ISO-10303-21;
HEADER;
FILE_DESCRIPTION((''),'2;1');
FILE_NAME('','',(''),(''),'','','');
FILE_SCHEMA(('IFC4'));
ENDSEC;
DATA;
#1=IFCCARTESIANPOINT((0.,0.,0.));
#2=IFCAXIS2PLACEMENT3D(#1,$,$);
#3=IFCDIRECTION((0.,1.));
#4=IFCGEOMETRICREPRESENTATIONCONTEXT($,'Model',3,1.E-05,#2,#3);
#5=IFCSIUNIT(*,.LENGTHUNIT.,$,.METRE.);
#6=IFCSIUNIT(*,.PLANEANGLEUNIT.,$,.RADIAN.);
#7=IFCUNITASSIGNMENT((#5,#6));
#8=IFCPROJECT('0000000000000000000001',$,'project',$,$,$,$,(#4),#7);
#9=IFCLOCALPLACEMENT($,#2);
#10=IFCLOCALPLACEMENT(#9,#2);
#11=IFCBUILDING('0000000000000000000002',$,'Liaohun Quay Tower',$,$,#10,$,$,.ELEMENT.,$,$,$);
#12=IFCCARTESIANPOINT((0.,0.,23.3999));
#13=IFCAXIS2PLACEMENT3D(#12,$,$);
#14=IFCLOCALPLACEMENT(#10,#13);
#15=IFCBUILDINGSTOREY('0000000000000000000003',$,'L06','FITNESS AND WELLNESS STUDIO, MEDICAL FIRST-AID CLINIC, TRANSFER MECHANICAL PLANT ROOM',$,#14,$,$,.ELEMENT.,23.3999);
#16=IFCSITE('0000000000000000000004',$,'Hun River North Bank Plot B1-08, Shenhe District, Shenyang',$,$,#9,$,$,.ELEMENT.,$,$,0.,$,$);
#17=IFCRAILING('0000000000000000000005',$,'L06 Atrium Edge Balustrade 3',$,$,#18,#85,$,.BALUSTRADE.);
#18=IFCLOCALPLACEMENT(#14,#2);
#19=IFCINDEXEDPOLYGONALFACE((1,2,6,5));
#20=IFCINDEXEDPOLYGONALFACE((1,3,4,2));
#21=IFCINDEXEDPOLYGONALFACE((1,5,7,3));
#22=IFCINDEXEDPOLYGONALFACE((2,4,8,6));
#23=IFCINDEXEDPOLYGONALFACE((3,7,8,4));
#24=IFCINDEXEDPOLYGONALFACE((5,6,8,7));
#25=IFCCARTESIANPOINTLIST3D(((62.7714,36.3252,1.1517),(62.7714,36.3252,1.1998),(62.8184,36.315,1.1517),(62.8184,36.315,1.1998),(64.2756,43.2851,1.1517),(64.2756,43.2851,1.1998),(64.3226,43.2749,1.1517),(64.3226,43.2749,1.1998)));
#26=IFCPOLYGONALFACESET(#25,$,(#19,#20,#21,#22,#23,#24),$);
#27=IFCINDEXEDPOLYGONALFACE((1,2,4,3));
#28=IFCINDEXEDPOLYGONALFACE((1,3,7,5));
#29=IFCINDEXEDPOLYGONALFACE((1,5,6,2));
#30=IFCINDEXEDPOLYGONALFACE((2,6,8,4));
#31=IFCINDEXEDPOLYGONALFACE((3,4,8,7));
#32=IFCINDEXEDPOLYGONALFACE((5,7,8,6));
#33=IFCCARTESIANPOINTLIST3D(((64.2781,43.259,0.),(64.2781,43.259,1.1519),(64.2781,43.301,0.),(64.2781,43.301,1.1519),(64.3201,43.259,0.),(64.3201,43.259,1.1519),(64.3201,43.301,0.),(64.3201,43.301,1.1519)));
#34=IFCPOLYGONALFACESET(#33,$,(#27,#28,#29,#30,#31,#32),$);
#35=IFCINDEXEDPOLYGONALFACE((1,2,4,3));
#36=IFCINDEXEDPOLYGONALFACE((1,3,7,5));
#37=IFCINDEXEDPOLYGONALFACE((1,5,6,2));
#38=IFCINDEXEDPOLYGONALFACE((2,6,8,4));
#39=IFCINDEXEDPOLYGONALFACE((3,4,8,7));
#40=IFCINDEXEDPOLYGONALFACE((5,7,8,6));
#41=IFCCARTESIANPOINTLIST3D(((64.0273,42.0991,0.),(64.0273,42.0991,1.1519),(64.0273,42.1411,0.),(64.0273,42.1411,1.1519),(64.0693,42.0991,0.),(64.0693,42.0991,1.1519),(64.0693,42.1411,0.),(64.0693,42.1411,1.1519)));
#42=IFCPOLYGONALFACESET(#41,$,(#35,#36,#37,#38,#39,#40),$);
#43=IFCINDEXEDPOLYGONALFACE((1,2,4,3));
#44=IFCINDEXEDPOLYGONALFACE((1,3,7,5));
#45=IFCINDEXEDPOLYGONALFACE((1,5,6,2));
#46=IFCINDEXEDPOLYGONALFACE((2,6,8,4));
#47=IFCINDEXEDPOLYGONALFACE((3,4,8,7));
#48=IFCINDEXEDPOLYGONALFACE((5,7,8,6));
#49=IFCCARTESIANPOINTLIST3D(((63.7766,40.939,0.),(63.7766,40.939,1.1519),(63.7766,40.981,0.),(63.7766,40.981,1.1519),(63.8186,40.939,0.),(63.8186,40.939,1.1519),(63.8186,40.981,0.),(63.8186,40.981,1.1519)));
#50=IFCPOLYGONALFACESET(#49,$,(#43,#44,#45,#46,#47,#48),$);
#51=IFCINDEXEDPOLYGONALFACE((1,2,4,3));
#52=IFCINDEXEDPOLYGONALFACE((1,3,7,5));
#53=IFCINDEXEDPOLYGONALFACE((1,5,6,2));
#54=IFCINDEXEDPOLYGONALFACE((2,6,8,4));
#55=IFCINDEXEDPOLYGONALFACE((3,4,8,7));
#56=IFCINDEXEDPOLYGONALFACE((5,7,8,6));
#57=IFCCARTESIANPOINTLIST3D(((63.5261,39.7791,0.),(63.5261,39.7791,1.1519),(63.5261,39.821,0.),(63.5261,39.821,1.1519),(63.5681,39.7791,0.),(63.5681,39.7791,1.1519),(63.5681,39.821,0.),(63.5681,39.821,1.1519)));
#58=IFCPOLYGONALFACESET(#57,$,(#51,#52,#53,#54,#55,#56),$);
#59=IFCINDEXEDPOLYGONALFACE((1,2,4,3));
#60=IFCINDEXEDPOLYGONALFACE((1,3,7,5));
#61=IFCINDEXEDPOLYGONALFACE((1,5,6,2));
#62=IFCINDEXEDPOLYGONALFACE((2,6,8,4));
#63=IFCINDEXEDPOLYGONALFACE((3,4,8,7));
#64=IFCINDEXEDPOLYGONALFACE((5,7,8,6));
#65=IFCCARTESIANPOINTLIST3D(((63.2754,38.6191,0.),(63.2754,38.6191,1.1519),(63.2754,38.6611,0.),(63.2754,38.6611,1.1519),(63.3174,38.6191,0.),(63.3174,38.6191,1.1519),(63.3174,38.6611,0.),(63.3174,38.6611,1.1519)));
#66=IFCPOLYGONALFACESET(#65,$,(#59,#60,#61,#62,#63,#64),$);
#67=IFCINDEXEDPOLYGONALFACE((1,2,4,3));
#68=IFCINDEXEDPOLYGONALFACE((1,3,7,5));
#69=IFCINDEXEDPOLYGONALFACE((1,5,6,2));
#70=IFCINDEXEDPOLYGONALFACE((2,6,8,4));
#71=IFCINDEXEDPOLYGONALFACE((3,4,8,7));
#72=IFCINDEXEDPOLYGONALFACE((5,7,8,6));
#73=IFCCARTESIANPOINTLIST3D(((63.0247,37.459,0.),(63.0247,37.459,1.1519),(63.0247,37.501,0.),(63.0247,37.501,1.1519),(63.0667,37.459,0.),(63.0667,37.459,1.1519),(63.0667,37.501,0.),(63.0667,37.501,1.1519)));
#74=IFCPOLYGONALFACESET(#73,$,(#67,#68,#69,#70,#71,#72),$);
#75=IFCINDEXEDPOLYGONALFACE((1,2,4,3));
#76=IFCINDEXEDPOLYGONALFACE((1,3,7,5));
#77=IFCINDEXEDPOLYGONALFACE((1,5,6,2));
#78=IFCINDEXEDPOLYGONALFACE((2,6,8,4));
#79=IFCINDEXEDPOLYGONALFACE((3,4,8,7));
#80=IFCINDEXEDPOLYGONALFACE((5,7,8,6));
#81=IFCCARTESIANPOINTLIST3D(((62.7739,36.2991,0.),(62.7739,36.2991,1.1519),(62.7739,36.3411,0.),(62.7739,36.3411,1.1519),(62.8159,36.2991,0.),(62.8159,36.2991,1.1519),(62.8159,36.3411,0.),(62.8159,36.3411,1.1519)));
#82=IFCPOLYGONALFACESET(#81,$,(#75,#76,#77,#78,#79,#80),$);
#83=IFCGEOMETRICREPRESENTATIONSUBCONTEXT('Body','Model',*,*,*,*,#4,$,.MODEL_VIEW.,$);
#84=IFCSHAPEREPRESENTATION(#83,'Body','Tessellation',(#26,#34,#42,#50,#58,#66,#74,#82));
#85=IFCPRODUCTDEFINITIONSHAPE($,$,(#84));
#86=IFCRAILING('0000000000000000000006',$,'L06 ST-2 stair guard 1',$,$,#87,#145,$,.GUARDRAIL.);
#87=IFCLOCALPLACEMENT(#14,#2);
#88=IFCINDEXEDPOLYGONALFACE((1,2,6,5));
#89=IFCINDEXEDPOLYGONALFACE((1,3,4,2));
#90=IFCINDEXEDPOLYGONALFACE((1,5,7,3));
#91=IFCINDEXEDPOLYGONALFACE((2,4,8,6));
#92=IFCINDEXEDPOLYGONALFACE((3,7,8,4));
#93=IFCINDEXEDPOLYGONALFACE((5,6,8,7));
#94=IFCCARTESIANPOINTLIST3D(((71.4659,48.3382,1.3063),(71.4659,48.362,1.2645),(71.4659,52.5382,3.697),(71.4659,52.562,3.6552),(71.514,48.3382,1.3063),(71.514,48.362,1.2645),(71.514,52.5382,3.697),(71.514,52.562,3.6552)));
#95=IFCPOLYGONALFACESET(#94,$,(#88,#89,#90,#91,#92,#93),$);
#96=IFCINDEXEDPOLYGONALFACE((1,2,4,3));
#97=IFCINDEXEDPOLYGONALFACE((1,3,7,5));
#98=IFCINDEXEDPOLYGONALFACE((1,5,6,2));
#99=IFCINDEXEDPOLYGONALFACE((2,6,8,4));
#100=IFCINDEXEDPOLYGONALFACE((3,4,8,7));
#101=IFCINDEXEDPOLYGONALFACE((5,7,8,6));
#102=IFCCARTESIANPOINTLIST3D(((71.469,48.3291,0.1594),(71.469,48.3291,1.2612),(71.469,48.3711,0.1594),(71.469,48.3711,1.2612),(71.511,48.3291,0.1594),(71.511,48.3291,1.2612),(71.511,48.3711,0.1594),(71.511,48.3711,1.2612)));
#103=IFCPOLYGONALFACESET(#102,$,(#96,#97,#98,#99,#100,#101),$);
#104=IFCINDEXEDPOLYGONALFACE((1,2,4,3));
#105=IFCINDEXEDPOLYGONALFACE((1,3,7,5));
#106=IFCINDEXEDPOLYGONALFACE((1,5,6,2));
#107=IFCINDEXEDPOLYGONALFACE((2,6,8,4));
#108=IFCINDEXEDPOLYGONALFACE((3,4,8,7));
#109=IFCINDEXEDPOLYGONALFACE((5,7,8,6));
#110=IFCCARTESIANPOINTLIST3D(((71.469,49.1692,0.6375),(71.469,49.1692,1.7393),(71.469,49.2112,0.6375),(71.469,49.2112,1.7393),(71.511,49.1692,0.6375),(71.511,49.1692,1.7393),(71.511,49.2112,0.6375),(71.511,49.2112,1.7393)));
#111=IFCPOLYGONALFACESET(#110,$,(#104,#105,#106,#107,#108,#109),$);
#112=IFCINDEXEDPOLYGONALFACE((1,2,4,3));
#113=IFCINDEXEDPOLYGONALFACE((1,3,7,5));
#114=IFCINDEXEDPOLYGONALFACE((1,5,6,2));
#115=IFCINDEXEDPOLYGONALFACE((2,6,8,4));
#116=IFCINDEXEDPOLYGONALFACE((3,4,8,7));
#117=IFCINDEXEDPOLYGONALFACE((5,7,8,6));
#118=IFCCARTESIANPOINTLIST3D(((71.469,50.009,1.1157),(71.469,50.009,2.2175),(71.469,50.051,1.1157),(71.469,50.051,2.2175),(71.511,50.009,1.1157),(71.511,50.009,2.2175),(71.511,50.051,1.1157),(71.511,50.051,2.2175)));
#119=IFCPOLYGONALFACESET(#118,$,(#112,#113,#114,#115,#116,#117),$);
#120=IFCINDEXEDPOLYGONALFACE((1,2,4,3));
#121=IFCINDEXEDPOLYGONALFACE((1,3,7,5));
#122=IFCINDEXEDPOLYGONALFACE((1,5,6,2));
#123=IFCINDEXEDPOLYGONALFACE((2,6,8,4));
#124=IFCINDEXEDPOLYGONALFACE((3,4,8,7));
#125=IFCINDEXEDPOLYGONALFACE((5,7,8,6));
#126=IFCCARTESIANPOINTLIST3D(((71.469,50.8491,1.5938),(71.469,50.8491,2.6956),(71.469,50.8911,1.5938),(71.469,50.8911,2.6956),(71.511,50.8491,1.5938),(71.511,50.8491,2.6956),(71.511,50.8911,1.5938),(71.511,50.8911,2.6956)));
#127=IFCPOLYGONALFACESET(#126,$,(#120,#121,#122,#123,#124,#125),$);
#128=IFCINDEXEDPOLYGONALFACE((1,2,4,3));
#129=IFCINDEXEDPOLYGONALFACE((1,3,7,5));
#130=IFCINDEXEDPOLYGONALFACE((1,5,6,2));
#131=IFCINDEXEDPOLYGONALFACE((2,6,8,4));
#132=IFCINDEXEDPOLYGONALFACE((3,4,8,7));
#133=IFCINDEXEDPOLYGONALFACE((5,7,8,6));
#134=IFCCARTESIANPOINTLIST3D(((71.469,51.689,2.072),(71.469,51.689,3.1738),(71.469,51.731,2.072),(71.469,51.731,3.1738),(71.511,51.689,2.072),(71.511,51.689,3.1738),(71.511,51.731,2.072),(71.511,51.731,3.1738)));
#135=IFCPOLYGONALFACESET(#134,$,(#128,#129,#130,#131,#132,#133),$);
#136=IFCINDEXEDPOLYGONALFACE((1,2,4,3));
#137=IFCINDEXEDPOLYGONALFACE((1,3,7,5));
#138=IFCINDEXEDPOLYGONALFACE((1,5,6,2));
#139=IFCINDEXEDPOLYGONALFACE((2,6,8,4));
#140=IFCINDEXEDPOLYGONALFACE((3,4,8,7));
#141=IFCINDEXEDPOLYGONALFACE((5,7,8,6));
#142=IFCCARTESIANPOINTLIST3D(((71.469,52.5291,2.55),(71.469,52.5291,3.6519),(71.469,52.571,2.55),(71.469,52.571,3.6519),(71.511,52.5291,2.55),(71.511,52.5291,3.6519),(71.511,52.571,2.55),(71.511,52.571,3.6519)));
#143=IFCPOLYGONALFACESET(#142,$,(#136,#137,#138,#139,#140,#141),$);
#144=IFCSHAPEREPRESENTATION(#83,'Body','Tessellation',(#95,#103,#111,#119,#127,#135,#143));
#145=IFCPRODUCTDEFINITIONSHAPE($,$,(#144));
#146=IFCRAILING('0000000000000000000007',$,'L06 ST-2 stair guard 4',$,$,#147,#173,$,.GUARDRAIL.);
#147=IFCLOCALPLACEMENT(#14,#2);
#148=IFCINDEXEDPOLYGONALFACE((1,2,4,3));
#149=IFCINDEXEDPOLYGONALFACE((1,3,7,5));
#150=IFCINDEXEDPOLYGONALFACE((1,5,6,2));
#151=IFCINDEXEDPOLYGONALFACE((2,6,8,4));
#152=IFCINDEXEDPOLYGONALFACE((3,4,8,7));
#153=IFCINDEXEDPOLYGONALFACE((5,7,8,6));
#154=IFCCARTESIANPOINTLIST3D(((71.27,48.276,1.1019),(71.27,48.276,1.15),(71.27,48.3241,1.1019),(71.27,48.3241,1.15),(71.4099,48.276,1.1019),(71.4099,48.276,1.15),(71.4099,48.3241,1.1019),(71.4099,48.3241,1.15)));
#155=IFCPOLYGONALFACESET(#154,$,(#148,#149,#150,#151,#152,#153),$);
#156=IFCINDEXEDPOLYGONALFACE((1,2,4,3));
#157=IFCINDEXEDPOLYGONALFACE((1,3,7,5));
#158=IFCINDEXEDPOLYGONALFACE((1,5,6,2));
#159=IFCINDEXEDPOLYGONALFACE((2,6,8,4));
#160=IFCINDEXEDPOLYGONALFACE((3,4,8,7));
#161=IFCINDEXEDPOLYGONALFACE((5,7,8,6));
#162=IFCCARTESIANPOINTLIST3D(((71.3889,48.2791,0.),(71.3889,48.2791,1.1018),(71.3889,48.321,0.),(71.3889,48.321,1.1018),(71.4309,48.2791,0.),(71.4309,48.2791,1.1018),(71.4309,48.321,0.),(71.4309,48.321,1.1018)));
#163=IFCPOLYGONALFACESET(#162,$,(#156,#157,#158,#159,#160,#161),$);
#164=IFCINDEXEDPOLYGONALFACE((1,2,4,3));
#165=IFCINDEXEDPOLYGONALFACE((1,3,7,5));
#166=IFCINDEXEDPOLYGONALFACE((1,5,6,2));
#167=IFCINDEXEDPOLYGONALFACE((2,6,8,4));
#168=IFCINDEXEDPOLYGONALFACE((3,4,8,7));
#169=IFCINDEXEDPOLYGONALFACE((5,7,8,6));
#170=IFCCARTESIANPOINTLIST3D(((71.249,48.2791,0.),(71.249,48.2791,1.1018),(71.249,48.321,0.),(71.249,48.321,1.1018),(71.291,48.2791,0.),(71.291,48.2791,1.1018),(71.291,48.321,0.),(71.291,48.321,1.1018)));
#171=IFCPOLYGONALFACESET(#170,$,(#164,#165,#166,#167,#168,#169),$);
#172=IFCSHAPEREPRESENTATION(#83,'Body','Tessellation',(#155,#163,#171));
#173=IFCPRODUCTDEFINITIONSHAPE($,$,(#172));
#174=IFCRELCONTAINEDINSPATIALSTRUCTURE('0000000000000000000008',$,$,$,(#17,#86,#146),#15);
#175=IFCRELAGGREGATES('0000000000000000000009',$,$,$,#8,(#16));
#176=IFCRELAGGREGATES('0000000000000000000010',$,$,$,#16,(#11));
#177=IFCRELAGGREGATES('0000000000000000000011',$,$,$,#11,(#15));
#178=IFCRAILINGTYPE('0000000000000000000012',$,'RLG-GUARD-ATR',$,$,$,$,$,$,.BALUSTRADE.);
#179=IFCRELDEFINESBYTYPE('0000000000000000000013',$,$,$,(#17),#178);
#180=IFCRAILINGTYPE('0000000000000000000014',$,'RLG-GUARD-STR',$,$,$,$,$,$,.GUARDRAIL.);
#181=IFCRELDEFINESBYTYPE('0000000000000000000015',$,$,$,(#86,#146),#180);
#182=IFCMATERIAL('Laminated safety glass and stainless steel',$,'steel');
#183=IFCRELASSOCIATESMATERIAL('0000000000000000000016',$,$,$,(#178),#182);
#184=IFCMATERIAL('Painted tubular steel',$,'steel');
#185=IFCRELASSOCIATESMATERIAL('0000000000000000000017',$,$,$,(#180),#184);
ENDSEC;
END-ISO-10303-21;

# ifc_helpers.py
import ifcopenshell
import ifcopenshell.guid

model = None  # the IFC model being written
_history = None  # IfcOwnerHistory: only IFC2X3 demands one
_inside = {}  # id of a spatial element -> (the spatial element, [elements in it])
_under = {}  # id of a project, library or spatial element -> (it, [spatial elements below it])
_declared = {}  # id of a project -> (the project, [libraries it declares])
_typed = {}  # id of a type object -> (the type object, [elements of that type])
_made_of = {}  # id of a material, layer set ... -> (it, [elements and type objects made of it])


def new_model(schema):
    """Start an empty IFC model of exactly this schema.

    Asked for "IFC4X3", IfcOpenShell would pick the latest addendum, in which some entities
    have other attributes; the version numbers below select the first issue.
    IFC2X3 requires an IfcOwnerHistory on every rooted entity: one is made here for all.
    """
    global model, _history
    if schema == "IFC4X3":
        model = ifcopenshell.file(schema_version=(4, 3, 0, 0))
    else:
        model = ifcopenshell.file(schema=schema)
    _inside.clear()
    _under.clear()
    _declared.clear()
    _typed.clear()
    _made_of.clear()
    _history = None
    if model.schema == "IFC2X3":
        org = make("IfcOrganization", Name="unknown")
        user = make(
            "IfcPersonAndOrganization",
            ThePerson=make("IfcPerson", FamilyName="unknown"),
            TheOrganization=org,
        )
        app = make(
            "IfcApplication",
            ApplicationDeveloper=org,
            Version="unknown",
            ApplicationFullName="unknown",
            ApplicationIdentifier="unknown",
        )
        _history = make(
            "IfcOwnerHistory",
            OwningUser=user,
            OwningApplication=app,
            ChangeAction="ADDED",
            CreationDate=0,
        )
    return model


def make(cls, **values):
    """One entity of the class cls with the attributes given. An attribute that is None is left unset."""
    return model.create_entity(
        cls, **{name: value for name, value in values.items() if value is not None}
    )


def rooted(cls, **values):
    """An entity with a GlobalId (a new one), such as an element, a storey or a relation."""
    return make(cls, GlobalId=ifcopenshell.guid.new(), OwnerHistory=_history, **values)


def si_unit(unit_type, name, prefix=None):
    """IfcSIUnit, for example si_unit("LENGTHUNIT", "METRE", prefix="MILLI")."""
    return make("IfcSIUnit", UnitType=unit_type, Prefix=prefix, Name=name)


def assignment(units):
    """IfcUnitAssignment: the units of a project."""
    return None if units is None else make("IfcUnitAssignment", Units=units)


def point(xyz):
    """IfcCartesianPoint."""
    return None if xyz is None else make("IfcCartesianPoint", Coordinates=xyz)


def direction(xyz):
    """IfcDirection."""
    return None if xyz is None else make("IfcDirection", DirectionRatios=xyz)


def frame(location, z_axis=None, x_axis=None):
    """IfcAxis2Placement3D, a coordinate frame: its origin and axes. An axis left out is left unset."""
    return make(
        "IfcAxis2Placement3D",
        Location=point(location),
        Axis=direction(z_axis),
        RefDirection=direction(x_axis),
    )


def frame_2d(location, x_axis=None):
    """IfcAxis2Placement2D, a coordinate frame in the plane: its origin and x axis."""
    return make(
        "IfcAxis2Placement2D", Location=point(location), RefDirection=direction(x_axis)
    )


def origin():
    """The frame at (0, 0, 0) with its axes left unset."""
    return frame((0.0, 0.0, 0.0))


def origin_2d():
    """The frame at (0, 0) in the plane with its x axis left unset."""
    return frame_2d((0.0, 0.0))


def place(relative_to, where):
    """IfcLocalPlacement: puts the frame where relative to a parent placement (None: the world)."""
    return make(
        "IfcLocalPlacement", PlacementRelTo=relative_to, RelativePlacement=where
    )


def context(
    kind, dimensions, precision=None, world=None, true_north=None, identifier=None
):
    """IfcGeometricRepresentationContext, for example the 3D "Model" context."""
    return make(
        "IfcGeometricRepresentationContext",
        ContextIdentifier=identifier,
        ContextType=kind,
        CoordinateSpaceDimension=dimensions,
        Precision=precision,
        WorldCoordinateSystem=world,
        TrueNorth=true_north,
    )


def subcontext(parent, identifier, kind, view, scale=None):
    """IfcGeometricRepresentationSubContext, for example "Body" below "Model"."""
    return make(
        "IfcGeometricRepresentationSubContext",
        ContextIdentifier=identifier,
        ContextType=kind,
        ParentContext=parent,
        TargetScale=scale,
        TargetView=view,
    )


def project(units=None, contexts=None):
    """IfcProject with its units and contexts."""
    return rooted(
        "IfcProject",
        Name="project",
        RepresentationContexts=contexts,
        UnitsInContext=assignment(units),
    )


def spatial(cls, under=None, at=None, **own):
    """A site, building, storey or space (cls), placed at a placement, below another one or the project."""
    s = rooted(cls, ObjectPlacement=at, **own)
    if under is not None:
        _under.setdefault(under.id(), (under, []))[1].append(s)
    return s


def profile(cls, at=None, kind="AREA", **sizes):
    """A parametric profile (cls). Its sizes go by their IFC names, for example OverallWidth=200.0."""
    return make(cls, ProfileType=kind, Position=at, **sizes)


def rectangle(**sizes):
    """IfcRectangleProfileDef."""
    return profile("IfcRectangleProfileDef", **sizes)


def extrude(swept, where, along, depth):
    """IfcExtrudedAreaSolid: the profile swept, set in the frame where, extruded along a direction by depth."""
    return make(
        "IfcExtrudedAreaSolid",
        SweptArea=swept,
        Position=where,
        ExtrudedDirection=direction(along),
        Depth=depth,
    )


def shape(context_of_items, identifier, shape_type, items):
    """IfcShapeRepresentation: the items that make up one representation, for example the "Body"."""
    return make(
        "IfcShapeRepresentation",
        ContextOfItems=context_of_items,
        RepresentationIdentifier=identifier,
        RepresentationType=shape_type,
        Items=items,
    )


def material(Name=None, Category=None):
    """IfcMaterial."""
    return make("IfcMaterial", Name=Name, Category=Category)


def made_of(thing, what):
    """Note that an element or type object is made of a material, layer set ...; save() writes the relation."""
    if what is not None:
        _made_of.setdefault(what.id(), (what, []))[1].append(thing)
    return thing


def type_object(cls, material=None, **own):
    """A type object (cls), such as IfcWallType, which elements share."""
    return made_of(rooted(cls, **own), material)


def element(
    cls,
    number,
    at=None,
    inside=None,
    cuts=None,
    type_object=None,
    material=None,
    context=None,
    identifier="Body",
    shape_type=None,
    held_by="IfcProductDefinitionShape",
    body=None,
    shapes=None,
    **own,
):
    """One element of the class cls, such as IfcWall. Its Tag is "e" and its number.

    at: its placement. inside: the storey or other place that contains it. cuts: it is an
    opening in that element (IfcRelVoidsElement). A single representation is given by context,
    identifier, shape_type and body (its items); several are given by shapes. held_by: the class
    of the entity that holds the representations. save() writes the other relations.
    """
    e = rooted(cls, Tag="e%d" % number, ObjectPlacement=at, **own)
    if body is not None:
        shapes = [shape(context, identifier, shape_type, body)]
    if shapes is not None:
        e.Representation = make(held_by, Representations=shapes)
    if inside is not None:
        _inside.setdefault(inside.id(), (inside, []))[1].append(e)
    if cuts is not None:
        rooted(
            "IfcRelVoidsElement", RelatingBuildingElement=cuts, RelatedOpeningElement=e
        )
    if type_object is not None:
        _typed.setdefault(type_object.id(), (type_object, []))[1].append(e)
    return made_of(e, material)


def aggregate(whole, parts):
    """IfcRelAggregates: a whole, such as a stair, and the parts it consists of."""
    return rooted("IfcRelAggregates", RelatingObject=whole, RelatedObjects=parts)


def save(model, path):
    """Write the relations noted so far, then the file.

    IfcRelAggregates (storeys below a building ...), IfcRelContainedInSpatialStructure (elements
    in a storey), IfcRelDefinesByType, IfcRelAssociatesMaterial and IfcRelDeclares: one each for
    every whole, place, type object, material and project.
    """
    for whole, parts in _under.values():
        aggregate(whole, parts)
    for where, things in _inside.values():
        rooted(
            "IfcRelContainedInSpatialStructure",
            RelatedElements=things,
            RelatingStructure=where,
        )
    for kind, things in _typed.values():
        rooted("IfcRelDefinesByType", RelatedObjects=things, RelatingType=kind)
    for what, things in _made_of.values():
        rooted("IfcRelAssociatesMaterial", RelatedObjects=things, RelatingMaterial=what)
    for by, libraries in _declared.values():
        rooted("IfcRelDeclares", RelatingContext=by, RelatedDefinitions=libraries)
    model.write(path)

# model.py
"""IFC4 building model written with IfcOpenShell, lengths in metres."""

from ifc_helpers import new_model, si_unit, direction, frame, origin, origin_2d, place, context, subcontext, project, spatial, rectangle, extrude, material, type_object, element, save


model = new_model("IFC4")

# Units and contexts
model_context = context("Model", 3, precision=1e-05, world=origin(), true_north=direction((0.0, 1.0)))
body_context = subcontext(model_context, "Body", "Model", "MODEL_VIEW")
ifc_project = project(units=[si_unit("LENGTHUNIT", "METRE"), si_unit("PLANEANGLEUNIT", "RADIAN")], contexts=[model_context])

# Site, building, storey
site_placement = place(None, origin())
site = spatial("IfcSite", under=ifc_project, at=site_placement, Name="Hun River North Bank Plot B1-08, Shenhe District, Shenyang", CompositionType="ELEMENT", RefElevation=0.0)
building_placement = place(site_placement, origin())
building = spatial("IfcBuilding", under=site, at=building_placement, Name="Liaohun Quay Tower", CompositionType="ELEMENT")
storey_placement = place(building_placement, frame((0.0, 0.0, 23.3999)))
storey = spatial("IfcBuildingStorey", under=building, at=storey_placement, Name="L06", Description="FITNESS AND WELLNESS STUDIO, MEDICAL FIRST-AID CLINIC, TRANSFER MECHANICAL PLANT ROOM", CompositionType="ELEMENT", Elevation=23.3999)

# Railings
ifc_material_1 = material(Name="Laminated safety glass and stainless steel", Category="steel")
railing_type_1 = type_object("IfcRailingType", Name="RLG-GUARD-ATR", PredefinedType="BALUSTRADE", material=ifc_material_1)
railing_1_placement = place(storey_placement, frame((64.2991, 43.28, 0.0)))
element("IfcRailing", 1, at=railing_1_placement, inside=storey, type_object=railing_type_1, Name="L06 Atrium Edge Balustrade 3", PredefinedType="BALUSTRADE", context=body_context, shape_type="SweptSolid", body=[
    extrude(rectangle(XDim=0.0481, YDim=0.0481, at=origin_2d()), frame((0.0, 0.0, 1.1758), z_axis=(-0.211238, -0.977435, 0.0), x_axis=(0.977435, -0.211238, 0.0)), (0.0, 0.0, 1.0), 7.1206),
    extrude(rectangle(XDim=0.042, YDim=0.042, at=origin_2d()), origin(), (0.0, 0.0, 1.0), 1.1519),
    extrude(rectangle(XDim=0.042, YDim=0.042, at=origin_2d()), frame((-0.2507, -1.1599, 0.0)), (0.0, 0.0, 1.0), 1.1519),
    extrude(rectangle(XDim=0.042, YDim=0.042, at=origin_2d()), frame((-0.5015, -2.3201, 0.0)), (0.0, 0.0, 1.0), 1.1519),
    extrude(rectangle(XDim=0.042, YDim=0.042, at=origin_2d()), frame((-0.752, -3.48, 0.0)), (0.0, 0.0, 1.0), 1.1519),
    extrude(rectangle(XDim=0.042, YDim=0.042, at=origin_2d()), frame((-1.0027, -4.6399, 0.0)), (0.0, 0.0, 1.0), 1.1519),
    extrude(rectangle(XDim=0.042, YDim=0.042, at=origin_2d()), frame((-1.2534, -5.8, 0.0)), (0.0, 0.0, 1.0), 1.1519),
    extrude(rectangle(XDim=0.042, YDim=0.042, at=origin_2d()), frame((-1.5042, -6.96, 0.0)), (0.0, 0.0, 1.0), 1.1519),
])
ifc_material_2 = material(Name="Painted tubular steel", Category="steel")
railing_type_2 = type_object("IfcRailingType", Name="RLG-GUARD-STR", PredefinedType="GUARDRAIL", material=ifc_material_2)
railing_2_placement = place(storey_placement, frame((71.49, 48.3501, 0.1594)))
element("IfcRailing", 2, at=railing_2_placement, inside=storey, type_object=railing_type_2, Name="L06 ST-2 stair guard 1", PredefinedType="GUARDRAIL", context=body_context, shape_type="SweptSolid", body=[
    extrude(rectangle(XDim=0.0481, YDim=0.0481, at=origin_2d()), frame((0.0, 0.0, 1.126), z_axis=(0.0, 0.869075, 0.49468), x_axis=(-1.0, 0.0, 0.0)), (0.0, 0.0, 1.0), 4.8328),
    extrude(rectangle(XDim=0.042, YDim=0.042, at=origin_2d()), origin(), (0.0, 0.0, 1.0), 1.1018),
    extrude(rectangle(XDim=0.042, YDim=0.042, at=origin_2d()), frame((0.0, 0.8401, 0.478)), (0.0, 0.0, 1.0), 1.1018),
    extrude(rectangle(XDim=0.042, YDim=0.042, at=origin_2d()), frame((0.0, 1.6799, 0.9563)), (0.0, 0.0, 1.0), 1.1018),
    extrude(rectangle(XDim=0.042, YDim=0.042, at=origin_2d()), frame((0.0, 2.52, 1.4343)), (0.0, 0.0, 1.0), 1.1018),
    extrude(rectangle(XDim=0.042, YDim=0.042, at=origin_2d()), frame((0.0, 3.3599, 1.9126)), (0.0, 0.0, 1.0), 1.1018),
    extrude(rectangle(XDim=0.042, YDim=0.042, at=origin_2d()), frame((0.0, 4.2, 2.3906)), (0.0, 0.0, 1.0), 1.1018),
])
railing_3_placement = place(storey_placement, frame((71.4099, 48.3, 0.0)))
element("IfcRailing", 3, at=railing_3_placement, inside=storey, type_object=railing_type_2, Name="L06 ST-2 stair guard 4", PredefinedType="GUARDRAIL", context=body_context, shape_type="SweptSolid", body=[
    extrude(rectangle(XDim=0.0481, YDim=0.0481, at=origin_2d()), frame((0.0, 0.0, 1.126), z_axis=(-1.0, 0.0, 0.0), x_axis=(0.0, -1.0, 0.0)), (0.0, 0.0, 1.0), 0.1399),
    extrude(rectangle(XDim=0.042, YDim=0.042, at=origin_2d()), origin(), (0.0, 0.0, 1.0), 1.1018),
    extrude(rectangle(XDim=0.042, YDim=0.042, at=origin_2d()), frame((-0.1399, 0.0, 0.0)), (0.0, 0.0, 1.0), 1.1018),
])

save(model, "model.ifc")
